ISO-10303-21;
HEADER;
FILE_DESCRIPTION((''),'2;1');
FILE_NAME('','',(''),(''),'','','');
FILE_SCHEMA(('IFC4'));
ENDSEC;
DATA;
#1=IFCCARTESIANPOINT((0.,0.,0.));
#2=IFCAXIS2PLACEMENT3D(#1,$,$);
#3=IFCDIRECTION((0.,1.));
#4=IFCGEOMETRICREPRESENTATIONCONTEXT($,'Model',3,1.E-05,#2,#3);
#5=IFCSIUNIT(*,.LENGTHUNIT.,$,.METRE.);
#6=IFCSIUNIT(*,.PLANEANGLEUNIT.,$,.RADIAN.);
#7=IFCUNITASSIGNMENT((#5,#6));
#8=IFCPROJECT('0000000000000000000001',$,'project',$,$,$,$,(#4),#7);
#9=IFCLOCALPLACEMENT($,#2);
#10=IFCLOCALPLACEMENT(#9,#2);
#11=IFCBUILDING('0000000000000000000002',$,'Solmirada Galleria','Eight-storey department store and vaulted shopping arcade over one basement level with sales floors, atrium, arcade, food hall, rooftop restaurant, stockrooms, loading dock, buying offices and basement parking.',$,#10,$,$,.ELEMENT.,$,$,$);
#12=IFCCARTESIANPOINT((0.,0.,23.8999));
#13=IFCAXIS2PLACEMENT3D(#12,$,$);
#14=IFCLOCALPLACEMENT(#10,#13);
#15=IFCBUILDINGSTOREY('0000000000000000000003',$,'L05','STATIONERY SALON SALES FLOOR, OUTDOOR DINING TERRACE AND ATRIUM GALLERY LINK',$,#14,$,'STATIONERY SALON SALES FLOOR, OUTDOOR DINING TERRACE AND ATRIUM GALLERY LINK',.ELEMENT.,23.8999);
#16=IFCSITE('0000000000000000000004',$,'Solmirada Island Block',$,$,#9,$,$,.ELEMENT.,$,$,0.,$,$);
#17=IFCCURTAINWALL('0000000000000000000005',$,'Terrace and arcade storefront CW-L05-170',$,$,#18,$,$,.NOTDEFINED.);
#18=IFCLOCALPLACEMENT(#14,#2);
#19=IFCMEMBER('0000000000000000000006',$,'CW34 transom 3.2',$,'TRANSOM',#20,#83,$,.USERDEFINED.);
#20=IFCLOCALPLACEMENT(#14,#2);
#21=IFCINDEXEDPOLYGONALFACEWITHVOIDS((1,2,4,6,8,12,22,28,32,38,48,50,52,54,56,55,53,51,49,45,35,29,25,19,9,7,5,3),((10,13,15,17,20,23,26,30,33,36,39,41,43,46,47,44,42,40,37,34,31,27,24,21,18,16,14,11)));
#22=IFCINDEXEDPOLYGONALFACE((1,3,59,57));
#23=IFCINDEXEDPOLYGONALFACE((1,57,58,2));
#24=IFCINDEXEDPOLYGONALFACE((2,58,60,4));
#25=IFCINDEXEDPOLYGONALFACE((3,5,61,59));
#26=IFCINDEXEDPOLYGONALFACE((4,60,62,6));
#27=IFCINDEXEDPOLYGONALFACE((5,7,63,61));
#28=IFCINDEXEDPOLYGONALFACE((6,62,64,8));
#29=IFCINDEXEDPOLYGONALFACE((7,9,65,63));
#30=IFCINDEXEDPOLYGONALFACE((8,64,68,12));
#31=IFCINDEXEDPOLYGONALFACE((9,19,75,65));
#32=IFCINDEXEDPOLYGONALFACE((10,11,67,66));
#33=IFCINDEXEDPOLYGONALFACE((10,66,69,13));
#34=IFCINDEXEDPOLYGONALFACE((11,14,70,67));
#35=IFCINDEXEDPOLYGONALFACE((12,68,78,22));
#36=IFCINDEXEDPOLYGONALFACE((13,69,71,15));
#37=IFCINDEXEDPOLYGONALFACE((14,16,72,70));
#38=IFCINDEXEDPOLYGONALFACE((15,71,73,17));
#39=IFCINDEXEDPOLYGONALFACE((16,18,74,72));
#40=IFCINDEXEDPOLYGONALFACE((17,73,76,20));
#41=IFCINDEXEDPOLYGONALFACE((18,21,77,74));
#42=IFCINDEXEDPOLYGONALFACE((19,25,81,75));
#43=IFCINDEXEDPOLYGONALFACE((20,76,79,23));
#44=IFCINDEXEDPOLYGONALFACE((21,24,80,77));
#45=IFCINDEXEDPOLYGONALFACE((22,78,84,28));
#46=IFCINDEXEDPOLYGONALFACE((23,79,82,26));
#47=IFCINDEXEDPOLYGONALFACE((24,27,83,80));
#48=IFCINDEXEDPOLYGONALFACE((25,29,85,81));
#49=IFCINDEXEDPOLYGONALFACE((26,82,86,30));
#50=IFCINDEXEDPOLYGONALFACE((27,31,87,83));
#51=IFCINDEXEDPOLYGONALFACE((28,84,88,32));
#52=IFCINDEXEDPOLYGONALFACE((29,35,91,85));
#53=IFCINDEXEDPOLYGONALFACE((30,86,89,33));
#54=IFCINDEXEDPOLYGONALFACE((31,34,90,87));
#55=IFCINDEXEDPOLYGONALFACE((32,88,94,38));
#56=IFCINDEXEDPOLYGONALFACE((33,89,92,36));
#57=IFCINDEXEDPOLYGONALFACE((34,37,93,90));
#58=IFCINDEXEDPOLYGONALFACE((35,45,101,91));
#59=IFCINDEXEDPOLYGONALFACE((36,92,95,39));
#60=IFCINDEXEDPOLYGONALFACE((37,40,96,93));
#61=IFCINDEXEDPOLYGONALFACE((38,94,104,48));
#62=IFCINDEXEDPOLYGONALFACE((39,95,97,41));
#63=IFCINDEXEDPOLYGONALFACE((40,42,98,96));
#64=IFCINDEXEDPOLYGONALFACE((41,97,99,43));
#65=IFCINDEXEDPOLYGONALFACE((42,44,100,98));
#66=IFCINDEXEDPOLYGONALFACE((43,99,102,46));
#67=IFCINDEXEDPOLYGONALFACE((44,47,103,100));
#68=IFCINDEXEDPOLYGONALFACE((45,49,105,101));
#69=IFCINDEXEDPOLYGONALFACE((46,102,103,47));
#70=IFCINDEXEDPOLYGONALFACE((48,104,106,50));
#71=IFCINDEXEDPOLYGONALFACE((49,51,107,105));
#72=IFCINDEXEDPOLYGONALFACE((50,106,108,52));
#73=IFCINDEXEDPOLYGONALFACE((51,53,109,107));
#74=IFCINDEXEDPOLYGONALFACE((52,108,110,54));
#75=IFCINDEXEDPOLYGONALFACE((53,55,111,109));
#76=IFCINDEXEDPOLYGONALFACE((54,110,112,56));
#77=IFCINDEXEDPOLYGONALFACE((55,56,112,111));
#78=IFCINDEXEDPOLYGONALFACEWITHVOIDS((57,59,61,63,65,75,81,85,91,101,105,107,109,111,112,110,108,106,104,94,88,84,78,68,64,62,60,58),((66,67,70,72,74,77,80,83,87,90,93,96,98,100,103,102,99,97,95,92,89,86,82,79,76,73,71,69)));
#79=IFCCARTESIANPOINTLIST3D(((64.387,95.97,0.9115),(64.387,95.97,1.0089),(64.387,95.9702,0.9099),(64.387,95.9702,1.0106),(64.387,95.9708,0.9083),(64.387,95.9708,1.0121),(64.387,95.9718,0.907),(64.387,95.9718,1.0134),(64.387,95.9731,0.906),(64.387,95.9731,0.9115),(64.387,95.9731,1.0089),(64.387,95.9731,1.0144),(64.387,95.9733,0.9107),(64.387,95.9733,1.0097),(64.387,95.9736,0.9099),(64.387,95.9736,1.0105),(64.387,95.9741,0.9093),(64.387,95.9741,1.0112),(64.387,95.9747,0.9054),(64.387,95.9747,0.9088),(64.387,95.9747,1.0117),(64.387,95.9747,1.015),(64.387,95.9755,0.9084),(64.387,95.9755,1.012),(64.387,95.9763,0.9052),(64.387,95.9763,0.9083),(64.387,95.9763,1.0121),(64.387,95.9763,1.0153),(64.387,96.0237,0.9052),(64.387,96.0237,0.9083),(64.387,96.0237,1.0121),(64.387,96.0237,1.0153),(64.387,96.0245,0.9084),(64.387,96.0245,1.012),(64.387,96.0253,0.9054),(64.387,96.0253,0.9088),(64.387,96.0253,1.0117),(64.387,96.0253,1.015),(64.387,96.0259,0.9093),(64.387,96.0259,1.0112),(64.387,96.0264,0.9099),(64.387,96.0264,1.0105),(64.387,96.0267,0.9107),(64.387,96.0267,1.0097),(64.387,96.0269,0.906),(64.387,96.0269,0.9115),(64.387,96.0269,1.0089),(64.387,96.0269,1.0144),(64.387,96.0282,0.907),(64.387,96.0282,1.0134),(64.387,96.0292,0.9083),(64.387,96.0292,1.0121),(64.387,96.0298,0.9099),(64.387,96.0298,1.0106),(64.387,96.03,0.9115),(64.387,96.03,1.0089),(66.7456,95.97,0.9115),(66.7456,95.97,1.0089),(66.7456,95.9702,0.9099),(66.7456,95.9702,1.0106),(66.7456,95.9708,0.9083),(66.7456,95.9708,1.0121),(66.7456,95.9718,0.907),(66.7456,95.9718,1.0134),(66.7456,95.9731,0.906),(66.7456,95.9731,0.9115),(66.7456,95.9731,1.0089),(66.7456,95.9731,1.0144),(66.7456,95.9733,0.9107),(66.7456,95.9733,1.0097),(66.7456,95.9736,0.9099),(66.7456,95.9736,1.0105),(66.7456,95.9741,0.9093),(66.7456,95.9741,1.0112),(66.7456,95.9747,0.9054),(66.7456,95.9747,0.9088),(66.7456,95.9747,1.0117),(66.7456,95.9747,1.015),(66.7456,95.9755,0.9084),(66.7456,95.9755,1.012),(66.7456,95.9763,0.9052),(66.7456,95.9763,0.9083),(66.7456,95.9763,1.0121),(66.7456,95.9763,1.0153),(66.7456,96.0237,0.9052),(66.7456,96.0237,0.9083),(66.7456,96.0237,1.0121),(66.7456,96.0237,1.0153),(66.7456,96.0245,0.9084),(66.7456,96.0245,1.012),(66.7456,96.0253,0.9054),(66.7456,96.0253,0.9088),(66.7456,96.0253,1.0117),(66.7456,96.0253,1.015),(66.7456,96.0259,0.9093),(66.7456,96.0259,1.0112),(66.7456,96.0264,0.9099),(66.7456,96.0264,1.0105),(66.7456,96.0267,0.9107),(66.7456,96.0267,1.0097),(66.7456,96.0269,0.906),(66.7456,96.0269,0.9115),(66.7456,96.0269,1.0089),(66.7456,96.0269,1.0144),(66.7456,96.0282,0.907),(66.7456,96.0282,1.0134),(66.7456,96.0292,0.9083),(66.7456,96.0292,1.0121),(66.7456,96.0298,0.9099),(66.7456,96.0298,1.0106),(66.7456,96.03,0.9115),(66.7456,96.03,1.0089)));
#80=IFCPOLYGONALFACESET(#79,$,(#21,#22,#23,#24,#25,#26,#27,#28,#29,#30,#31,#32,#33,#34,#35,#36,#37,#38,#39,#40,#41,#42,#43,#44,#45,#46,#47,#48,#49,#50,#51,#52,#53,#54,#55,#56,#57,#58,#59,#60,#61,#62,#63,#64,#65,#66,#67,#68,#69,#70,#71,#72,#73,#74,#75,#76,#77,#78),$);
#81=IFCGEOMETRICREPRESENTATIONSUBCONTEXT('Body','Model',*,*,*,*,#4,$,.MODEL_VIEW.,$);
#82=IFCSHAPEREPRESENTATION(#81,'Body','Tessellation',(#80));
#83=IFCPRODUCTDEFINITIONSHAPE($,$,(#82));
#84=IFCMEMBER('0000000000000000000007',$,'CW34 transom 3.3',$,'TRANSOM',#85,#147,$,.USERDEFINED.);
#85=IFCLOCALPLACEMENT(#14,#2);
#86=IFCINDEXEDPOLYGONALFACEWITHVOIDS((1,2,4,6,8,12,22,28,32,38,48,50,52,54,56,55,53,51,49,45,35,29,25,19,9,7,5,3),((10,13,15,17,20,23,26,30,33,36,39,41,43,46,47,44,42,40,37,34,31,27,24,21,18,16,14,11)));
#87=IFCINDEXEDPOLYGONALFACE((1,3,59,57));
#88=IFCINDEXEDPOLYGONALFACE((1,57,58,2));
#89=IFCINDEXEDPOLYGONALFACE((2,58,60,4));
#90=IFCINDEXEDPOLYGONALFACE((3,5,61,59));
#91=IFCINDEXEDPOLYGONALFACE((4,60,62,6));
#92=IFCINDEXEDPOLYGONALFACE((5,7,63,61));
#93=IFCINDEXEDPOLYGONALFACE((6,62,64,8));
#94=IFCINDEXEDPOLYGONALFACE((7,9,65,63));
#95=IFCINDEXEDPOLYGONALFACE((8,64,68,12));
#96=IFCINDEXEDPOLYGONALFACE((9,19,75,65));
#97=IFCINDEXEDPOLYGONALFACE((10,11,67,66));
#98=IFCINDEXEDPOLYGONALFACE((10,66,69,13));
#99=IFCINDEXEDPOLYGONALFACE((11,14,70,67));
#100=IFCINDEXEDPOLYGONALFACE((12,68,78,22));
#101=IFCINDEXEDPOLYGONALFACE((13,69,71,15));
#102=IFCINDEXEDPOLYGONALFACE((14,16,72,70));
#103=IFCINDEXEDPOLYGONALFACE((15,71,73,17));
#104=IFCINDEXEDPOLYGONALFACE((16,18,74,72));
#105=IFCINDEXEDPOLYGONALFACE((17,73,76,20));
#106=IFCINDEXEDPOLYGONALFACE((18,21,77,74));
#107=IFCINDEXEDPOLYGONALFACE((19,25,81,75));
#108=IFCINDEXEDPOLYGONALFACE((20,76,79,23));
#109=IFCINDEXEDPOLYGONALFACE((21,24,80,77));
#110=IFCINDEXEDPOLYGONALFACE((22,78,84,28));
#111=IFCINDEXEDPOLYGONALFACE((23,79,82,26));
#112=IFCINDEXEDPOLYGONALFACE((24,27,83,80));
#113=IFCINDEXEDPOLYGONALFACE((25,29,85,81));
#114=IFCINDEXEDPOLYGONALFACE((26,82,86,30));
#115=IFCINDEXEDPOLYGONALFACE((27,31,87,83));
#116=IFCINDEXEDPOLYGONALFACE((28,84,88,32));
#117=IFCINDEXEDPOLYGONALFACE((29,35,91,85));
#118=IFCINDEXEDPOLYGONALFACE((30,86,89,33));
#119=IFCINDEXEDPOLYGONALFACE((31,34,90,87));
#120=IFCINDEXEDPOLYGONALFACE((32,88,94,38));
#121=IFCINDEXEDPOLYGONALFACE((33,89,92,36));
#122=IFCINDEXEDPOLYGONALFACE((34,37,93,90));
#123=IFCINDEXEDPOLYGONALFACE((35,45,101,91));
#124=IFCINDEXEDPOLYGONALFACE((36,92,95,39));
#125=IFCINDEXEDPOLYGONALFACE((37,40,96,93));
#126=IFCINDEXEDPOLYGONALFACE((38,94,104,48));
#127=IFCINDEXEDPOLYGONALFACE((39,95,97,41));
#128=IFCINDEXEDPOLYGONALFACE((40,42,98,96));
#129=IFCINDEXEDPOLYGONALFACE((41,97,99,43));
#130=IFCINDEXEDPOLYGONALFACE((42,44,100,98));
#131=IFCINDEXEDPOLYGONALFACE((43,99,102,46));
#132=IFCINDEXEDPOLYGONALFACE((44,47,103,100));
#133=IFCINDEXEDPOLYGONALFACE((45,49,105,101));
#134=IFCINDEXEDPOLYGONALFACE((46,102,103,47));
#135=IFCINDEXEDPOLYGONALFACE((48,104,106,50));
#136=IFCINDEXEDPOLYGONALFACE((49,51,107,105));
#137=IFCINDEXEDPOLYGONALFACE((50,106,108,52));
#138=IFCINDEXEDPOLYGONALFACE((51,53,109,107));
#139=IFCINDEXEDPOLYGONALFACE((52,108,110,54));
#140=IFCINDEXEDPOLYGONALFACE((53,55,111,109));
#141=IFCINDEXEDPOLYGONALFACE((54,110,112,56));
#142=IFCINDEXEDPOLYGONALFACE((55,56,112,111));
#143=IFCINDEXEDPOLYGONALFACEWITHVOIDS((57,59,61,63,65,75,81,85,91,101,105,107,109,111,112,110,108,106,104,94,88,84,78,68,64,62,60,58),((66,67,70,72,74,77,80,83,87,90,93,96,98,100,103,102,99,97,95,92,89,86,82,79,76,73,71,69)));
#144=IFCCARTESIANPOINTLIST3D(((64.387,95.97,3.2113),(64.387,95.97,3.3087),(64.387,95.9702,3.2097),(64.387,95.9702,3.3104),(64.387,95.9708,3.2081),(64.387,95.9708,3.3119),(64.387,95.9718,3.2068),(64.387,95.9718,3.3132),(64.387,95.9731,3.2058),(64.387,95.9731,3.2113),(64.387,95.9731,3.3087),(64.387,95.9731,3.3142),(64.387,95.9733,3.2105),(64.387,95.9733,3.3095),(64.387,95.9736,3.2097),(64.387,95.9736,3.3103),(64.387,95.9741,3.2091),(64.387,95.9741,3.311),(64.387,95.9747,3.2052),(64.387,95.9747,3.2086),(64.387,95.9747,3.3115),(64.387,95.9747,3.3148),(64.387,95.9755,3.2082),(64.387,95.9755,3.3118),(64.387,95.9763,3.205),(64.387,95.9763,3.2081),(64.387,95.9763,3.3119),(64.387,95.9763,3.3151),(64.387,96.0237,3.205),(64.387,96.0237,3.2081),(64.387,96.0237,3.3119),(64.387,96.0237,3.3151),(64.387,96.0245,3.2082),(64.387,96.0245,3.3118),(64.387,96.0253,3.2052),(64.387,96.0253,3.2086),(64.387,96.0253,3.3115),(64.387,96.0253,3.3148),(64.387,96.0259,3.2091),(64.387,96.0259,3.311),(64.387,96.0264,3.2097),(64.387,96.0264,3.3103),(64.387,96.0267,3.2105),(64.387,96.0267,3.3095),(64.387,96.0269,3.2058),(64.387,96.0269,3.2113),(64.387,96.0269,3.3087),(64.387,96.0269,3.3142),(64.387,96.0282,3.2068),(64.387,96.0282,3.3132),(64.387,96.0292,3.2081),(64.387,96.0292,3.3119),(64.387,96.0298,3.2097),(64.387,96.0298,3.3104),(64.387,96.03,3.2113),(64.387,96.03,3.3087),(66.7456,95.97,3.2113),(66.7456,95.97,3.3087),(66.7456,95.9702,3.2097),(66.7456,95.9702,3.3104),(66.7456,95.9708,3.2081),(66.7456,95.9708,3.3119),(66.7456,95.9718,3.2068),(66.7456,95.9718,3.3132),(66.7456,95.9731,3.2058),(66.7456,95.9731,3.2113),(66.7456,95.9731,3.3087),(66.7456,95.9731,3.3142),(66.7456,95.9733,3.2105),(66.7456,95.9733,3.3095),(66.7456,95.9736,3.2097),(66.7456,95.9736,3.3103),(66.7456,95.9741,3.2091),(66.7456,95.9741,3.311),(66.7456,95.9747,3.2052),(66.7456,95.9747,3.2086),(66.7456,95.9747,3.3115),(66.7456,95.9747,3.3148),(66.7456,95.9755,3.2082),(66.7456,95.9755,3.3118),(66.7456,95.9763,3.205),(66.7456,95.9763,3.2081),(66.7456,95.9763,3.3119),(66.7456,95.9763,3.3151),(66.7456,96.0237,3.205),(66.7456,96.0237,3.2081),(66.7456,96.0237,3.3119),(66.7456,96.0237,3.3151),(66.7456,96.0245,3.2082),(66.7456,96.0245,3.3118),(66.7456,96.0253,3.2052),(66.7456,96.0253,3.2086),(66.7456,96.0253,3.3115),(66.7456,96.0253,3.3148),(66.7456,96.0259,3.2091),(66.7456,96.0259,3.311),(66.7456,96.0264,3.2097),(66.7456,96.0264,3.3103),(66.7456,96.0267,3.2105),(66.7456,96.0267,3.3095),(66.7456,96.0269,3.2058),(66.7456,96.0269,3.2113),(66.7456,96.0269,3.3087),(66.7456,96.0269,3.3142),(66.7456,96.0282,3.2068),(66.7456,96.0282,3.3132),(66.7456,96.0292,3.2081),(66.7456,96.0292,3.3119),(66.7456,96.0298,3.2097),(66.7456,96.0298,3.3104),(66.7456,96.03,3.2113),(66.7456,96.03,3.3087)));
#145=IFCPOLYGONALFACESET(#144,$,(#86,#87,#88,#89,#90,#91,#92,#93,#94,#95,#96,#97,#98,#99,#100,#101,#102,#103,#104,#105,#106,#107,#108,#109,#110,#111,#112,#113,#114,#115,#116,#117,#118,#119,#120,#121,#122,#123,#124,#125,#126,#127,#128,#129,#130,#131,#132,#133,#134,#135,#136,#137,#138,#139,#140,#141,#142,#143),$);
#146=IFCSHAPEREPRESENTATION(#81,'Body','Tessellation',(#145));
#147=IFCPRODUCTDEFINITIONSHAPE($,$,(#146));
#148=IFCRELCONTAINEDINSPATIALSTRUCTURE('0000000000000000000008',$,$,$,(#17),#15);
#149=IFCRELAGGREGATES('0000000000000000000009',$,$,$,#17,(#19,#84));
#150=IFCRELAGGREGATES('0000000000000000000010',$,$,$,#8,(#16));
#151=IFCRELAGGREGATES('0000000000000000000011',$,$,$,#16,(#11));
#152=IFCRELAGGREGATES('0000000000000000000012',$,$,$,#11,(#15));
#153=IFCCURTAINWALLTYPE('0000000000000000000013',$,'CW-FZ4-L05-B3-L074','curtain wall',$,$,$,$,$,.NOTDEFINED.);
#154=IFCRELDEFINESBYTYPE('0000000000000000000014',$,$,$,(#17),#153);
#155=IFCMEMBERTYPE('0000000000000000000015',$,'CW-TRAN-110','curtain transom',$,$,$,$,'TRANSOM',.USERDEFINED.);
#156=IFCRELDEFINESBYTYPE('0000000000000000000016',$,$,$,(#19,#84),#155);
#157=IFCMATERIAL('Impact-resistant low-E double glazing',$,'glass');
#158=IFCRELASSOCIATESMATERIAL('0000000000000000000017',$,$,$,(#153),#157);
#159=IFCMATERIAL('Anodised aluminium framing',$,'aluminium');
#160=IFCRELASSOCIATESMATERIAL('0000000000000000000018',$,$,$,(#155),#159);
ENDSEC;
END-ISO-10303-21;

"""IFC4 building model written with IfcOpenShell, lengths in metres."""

from ifc_helpers import new_model, si_unit, direction, frame, origin, origin_2d, place, context, subcontext, project, spatial, hollow_rectangle, extrude, material, material_profile, profile_set, type_object, element, aggregate, save


model = new_model("IFC4")

# Units and contexts
model_context = context("Model", 3, precision=1e-05, world=origin(), true_north=direction((0.0, 1.0)))
body_context = subcontext(model_context, "Body", "Model", "MODEL_VIEW")
ifc_project = project(units=[si_unit("LENGTHUNIT", "METRE"), si_unit("PLANEANGLEUNIT", "RADIAN")], contexts=[model_context])

# Site, building, storey
site_placement = place(None, origin())
site = spatial("IfcSite", under=ifc_project, at=site_placement, Name="Solmirada Island Block", CompositionType="ELEMENT", RefElevation=0.0)
building_placement = place(site_placement, origin())
building = spatial("IfcBuilding", under=site, at=building_placement, Name="Solmirada Galleria", Description="Eight-storey department store and vaulted shopping arcade over one basement level with sales floors, atrium, arcade, food hall, rooftop restaurant, stockrooms, loading dock, buying offices and basement parking.", CompositionType="ELEMENT")
storey_placement = place(building_placement, frame((0.0, 0.0, 23.8999)))
storey = spatial("IfcBuildingStorey", under=building, at=storey_placement, Name="L05", Description="STATIONERY SALON SALES FLOOR, OUTDOOR DINING TERRACE AND ATRIUM GALLERY LINK", LongName="STATIONERY SALON SALES FLOOR, OUTDOOR DINING TERRACE AND ATRIUM GALLERY LINK", CompositionType="ELEMENT", Elevation=23.8999)

# Curtain wall
ifc_material_1 = material(Name="Impact-resistant low-E double glazing", Category="glass")
curtain_wall_type = type_object("IfcCurtainWallType", Name="CW-FZ4-L05-B3-L074", Description="curtain wall", PredefinedType="NOTDEFINED", material=ifc_material_1)
curtain_wall_1_placement = place(storey_placement, origin())
curtain_wall_1 = element("IfcCurtainWall", 1, at=curtain_wall_1_placement, inside=storey, type_object=curtain_wall_type, Name="Terrace and arcade storefront CW-L05-170", PredefinedType="NOTDEFINED")
ifc_material_2 = material(Name="Anodised aluminium framing", Category="aluminium")

# Members
ifc_material_profile_1 = material_profile(ifc_material_2, hollow_rectangle(XDim=0.0601, YDim=0.1101, WallThickness=0.0032, InnerFilletRadius=0.0032, OuterFilletRadius=0.0063, at=origin_2d()), Name="ALU-TRAN-110X60")
ifc_profile_set_1 = profile_set([ifc_material_profile_1], Name="Anodised aluminium framing")
member_type_1 = type_object("IfcMemberType", Name="CW-TRAN-110", Description="curtain transom", ElementType="TRANSOM", PredefinedType="USERDEFINED", material=ifc_profile_set_1)
member_1_placement = place(storey_placement, frame((66.7456, 96.0, 0.9602), z_axis=(-1.0, 0.0, 0.0), x_axis=(0.0, -1.0, 0.0)))
member_1 = element("IfcMember", 2, at=member_1_placement, type_object=member_type_1, Name="CW34 transom 3.2", ObjectType="TRANSOM", PredefinedType="USERDEFINED", context=body_context, shape_type="SweptSolid", body=[
    extrude(hollow_rectangle(XDim=0.0601, YDim=0.1101, WallThickness=0.0032, InnerFilletRadius=0.0032, OuterFilletRadius=0.0063, at=origin_2d()), origin(), (0.0, 0.0, 1.0), 2.3586),
])
member_2_placement = place(storey_placement, frame((66.7456, 96.0, 3.26), z_axis=(-1.0, 0.0, 0.0), x_axis=(0.0, -1.0, 0.0)))
member_2 = element("IfcMember", 3, at=member_2_placement, type_object=member_type_1, Name="CW34 transom 3.3", ObjectType="TRANSOM", PredefinedType="USERDEFINED", context=body_context, shape_type="SweptSolid", body=[
    extrude(hollow_rectangle(XDim=0.0601, YDim=0.1101, WallThickness=0.0032, InnerFilletRadius=0.0032, OuterFilletRadius=0.0063, at=origin_2d()), origin(), (0.0, 0.0, 1.0), 2.3586),
])

aggregate(curtain_wall_1, [member_1, member_2])

save(model, "model.ifc")
